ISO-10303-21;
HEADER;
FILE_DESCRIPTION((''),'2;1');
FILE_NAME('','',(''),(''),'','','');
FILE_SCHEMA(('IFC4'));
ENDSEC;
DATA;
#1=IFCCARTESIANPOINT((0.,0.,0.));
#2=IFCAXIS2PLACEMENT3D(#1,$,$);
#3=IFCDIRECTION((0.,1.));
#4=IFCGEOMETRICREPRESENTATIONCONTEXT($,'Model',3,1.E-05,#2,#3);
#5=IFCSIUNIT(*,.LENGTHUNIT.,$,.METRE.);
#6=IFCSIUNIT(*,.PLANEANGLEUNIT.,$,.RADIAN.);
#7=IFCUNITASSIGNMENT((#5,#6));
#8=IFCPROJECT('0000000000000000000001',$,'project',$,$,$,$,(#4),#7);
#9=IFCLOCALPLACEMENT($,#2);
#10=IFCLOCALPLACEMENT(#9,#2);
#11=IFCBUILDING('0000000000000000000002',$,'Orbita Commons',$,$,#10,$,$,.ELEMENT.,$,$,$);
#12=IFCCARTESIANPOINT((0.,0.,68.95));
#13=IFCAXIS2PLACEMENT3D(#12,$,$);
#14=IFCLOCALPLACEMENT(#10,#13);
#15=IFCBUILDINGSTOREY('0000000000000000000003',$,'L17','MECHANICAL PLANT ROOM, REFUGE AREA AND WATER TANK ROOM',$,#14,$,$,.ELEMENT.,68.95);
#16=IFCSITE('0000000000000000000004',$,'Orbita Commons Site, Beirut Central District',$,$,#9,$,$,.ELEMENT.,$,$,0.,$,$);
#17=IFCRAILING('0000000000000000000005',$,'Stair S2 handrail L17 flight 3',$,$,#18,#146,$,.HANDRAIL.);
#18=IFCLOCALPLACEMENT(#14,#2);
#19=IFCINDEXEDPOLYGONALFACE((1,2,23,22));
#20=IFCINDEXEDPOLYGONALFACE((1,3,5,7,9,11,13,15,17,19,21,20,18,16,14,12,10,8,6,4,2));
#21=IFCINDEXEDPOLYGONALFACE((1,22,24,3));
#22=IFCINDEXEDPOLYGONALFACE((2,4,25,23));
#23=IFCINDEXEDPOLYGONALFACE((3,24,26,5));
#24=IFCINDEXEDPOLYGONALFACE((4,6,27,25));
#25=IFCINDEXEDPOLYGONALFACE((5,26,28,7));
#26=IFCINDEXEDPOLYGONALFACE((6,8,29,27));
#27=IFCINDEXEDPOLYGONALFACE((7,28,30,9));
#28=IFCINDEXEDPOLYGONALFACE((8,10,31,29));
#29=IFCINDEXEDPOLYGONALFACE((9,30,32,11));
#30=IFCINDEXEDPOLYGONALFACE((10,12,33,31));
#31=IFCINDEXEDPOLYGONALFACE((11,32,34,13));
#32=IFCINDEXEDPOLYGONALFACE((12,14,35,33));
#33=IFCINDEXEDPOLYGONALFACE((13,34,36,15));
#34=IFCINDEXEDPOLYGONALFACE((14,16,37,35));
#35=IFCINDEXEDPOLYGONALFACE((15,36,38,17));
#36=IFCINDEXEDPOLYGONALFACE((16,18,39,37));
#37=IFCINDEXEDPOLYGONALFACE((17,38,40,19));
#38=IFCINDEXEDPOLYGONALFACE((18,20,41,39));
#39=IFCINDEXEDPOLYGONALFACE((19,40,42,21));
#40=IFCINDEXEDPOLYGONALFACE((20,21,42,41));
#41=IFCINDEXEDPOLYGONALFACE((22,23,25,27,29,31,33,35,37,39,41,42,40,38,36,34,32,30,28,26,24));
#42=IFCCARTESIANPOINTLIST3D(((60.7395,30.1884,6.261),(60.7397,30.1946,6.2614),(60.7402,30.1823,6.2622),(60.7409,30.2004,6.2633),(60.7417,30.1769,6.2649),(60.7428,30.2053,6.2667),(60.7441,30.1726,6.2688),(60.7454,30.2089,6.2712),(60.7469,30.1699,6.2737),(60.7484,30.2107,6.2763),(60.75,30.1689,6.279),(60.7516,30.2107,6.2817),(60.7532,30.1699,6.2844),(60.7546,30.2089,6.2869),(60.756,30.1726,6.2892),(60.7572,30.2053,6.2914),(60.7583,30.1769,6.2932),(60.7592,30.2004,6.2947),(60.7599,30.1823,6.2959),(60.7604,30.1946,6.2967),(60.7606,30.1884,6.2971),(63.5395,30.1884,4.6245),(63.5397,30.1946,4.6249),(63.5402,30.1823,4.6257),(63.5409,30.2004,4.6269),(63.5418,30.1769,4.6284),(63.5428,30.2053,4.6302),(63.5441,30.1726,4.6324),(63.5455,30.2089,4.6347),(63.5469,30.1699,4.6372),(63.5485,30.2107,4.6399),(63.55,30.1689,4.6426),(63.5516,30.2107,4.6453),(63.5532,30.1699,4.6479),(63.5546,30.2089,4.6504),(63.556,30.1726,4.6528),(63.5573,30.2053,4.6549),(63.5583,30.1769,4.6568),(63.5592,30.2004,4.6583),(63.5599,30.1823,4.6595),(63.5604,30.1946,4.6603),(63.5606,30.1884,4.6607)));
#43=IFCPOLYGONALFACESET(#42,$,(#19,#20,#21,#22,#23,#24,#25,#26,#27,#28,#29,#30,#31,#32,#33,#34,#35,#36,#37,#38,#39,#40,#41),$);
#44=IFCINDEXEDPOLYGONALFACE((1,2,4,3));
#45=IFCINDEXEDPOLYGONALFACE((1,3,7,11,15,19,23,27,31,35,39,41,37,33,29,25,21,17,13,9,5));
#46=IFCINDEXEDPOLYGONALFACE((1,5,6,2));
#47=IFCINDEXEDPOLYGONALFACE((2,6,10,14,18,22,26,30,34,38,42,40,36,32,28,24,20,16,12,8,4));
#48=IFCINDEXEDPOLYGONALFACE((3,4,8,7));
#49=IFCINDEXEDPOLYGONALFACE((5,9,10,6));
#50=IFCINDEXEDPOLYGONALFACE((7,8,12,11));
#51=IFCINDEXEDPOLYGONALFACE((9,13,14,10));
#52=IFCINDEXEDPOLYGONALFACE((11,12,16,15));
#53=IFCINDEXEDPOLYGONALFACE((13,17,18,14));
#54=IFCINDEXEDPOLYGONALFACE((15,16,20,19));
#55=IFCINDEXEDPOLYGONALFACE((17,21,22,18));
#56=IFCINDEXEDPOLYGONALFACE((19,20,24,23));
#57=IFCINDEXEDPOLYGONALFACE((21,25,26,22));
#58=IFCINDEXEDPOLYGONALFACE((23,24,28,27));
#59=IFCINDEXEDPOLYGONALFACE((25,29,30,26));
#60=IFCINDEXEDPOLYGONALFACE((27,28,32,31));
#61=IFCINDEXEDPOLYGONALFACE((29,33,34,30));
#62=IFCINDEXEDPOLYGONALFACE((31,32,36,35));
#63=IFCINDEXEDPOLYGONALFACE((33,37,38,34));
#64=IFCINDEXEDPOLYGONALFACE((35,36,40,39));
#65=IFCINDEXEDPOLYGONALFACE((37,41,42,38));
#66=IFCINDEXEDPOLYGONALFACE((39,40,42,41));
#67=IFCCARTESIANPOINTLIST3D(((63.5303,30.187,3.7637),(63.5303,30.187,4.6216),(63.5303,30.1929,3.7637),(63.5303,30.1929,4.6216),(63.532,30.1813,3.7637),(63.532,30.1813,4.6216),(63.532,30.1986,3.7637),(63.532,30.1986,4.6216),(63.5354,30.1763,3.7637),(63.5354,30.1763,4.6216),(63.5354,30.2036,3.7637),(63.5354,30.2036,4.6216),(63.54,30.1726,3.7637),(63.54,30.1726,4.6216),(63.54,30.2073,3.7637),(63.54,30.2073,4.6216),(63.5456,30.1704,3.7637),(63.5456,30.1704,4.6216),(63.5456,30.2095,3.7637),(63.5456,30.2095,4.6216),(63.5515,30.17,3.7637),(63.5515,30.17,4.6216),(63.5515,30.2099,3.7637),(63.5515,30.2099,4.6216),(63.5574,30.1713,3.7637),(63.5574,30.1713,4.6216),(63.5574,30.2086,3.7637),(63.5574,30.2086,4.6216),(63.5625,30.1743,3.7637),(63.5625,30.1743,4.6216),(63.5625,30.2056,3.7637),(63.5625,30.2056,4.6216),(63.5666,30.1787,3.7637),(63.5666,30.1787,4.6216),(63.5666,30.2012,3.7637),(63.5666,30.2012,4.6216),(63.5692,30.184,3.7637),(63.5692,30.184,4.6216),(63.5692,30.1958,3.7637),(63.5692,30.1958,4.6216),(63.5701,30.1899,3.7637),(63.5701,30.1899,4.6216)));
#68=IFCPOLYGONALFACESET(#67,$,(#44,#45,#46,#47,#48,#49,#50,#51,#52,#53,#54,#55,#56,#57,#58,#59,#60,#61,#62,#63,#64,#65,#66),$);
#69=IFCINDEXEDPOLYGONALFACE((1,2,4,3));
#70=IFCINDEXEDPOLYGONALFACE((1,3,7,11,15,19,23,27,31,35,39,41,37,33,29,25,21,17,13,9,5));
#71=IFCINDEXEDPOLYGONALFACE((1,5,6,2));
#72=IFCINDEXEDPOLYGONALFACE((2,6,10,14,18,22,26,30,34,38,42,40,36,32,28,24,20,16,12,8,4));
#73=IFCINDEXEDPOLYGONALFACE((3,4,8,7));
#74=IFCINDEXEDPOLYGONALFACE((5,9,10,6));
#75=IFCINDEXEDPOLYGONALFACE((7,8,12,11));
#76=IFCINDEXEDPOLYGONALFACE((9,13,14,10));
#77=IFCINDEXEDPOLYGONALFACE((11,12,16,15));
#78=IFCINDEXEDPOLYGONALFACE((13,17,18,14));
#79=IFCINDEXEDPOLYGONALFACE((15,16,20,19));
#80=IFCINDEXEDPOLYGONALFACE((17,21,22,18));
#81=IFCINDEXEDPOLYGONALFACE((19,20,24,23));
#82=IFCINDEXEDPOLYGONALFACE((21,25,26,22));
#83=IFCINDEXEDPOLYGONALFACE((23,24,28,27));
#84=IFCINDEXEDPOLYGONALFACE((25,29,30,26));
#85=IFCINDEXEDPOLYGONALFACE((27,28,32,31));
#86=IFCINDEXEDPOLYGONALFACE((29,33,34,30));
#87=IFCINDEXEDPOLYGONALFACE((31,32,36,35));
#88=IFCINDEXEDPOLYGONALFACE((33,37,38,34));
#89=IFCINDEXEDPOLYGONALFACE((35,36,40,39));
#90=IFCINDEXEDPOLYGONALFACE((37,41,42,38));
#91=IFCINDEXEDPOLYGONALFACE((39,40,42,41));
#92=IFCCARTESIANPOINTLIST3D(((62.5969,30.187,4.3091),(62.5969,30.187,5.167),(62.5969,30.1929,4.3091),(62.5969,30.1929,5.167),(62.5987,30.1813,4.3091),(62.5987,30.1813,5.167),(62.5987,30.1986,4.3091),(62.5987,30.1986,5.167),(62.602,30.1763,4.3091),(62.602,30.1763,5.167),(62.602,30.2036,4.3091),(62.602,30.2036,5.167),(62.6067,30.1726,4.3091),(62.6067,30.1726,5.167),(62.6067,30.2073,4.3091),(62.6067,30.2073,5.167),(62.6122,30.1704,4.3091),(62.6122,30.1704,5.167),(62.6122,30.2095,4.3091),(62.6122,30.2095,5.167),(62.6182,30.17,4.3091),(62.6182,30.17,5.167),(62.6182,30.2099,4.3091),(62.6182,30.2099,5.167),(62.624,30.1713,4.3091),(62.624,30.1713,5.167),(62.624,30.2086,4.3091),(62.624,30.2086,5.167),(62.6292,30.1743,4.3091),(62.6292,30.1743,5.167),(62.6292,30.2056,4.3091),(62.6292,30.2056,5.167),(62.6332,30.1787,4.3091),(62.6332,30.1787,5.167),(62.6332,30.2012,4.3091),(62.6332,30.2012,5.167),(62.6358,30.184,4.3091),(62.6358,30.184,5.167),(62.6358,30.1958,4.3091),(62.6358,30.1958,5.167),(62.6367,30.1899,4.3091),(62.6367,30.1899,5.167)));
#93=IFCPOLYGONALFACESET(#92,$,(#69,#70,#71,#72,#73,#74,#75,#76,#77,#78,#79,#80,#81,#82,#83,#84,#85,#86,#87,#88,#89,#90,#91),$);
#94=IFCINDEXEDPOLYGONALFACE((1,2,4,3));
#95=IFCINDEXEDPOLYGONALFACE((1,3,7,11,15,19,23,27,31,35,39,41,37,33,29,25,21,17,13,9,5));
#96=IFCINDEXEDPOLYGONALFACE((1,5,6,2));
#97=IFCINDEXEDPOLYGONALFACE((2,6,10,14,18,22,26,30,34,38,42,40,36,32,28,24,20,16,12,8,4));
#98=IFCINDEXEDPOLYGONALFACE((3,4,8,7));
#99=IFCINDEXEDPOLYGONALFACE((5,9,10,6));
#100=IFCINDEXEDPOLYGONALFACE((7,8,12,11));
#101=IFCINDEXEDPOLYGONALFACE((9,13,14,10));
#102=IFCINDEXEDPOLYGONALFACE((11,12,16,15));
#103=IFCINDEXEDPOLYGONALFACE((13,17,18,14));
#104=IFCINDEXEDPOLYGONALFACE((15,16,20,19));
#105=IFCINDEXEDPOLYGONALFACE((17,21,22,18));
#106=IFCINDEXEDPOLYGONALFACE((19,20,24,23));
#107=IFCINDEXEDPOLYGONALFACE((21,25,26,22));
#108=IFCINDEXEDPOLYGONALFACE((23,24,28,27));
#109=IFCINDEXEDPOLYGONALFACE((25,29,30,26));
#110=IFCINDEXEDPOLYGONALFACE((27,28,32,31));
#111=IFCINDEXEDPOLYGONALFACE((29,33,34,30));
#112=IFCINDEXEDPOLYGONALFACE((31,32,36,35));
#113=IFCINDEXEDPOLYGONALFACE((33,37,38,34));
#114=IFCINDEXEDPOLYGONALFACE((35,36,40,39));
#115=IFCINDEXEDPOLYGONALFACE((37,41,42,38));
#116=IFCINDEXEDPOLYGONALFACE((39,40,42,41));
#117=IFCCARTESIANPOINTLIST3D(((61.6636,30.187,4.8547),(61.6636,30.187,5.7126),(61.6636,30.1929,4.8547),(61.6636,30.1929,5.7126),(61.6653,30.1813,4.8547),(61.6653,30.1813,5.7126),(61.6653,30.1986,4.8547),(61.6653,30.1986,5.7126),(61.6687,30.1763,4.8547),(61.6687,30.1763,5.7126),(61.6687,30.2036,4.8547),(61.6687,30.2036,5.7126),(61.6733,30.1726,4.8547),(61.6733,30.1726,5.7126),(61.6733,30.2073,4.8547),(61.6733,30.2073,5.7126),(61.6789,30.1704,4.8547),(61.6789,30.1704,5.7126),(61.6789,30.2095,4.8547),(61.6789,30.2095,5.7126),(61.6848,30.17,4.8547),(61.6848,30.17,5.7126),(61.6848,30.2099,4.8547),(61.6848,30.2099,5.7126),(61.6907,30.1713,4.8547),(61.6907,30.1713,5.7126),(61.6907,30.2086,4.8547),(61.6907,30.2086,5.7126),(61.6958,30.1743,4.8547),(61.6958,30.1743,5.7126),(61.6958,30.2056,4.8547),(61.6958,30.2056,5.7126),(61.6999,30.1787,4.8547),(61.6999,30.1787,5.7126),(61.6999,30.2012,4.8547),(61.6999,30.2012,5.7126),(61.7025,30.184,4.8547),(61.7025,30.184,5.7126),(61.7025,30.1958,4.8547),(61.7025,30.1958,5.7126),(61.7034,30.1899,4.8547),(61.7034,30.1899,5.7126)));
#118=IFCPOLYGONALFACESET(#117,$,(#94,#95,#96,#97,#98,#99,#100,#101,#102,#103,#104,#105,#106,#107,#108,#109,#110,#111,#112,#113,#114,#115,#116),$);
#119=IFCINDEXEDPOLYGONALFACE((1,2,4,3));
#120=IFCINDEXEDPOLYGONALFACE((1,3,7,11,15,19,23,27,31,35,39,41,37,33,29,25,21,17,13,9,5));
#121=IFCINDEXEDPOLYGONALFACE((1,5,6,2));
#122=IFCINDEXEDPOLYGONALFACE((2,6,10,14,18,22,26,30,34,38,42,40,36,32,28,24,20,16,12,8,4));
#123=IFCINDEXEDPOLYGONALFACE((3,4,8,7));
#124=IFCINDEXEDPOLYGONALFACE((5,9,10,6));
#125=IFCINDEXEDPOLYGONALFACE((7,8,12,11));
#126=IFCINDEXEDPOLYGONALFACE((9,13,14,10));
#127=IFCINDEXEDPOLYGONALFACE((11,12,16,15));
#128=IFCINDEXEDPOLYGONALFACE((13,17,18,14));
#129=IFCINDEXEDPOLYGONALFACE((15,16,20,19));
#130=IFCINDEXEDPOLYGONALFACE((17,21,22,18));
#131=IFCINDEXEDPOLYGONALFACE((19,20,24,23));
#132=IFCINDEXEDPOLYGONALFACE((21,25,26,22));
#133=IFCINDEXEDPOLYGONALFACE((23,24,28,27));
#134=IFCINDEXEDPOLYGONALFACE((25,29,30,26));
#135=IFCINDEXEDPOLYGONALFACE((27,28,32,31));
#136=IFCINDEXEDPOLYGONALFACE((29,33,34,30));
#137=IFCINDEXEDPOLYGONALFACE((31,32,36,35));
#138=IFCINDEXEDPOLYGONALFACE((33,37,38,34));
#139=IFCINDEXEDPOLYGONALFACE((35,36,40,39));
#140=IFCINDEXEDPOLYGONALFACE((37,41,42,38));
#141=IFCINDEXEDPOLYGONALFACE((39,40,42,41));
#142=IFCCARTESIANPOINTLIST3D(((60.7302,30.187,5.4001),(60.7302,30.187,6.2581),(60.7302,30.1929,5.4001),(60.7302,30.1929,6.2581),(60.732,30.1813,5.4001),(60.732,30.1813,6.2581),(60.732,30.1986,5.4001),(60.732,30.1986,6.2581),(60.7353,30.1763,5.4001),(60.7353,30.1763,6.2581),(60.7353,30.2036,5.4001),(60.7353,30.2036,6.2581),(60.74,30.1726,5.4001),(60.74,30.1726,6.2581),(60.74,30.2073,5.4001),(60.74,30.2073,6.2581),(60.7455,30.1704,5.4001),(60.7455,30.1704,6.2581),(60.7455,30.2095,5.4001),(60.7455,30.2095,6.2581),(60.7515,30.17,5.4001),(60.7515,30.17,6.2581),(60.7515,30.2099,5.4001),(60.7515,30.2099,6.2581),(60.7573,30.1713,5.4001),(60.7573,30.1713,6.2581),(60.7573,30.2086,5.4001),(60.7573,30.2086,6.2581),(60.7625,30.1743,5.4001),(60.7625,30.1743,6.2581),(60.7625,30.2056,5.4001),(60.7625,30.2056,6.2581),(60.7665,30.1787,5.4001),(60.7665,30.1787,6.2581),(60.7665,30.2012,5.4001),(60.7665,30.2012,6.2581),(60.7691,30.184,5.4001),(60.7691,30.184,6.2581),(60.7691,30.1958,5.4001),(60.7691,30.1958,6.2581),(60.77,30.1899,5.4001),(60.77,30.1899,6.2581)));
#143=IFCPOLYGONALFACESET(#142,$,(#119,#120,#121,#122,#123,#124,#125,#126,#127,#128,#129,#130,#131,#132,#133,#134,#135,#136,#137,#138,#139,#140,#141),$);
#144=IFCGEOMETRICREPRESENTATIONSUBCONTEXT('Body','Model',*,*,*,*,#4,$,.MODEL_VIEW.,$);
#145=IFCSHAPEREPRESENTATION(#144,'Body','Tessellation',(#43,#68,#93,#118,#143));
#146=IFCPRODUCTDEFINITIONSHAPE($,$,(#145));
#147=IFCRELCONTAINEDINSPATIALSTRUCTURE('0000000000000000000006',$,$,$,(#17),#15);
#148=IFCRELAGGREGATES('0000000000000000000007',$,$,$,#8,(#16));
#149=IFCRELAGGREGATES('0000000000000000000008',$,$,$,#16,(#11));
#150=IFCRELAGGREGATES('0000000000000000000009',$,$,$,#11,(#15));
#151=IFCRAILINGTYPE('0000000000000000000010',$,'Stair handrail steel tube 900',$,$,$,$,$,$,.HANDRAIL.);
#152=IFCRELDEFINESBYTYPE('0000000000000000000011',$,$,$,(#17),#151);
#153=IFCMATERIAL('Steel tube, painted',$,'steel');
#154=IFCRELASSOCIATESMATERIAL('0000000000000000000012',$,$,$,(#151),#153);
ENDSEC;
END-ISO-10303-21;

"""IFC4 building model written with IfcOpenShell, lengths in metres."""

from ifc_helpers import new_model, si_unit, direction, frame, origin, origin_2d, place, context, subcontext, project, spatial, circle, extrude, material, type_object, element, save


model = new_model("IFC4")

# Units and contexts
model_context = context("Model", 3, precision=1e-05, world=origin(), true_north=direction((0.0, 1.0)))
body_context = subcontext(model_context, "Body", "Model", "MODEL_VIEW")
ifc_project = project(units=[si_unit("LENGTHUNIT", "METRE"), si_unit("PLANEANGLEUNIT", "RADIAN")], contexts=[model_context])

# Site, building, storey
site_placement = place(None, origin())
site = spatial("IfcSite", under=ifc_project, at=site_placement, Name="Orbita Commons Site, Beirut Central District", CompositionType="ELEMENT", RefElevation=0.0)
building_placement = place(site_placement, origin())
building = spatial("IfcBuilding", under=site, at=building_placement, Name="Orbita Commons", CompositionType="ELEMENT")
storey_placement = place(building_placement, frame((0.0, 0.0, 68.95)))
storey = spatial("IfcBuildingStorey", under=building, at=storey_placement, Name="L17", Description="MECHANICAL PLANT ROOM, REFUGE AREA AND WATER TANK ROOM", CompositionType="ELEMENT", Elevation=68.95)

# Railing
ifc_material_1 = material(Name="Steel tube, painted", Category="steel")
railing_type = type_object("IfcRailingType", Name="Stair handrail steel tube 900", PredefinedType="HANDRAIL", material=ifc_material_1)
for number, where, name in (
    (1, (63.55, 30.1899, 3.7637), "Stair S2 handrail L17 flight 3"),
):
    element("IfcRailing", number, at=place(storey_placement, frame(where)), inside=storey, type_object=railing_type, Name=name, PredefinedType="HANDRAIL", context=body_context, shape_type="SweptSolid", body=[
        extrude(circle(Radius=0.021, at=origin_2d()), frame((0.0, 0.0, 0.8789), z_axis=(-0.863361, 0.0, 0.504587), x_axis=(0.0, -1.0, 0.0)), (0.0, 0.0, 1.0), 3.2432),
        extrude(circle(Radius=0.02, at=origin_2d()), origin(), (0.0, 0.0, 1.0), 0.8579),
        extrude(circle(Radius=0.02, at=origin_2d()), frame((-0.9333, 0.0, 0.5454)), (0.0, 0.0, 1.0), 0.8579),
        extrude(circle(Radius=0.02, at=origin_2d()), frame((-1.8667, 0.0, 1.0911)), (0.0, 0.0, 1.0), 0.8579),
        extrude(circle(Radius=0.02, at=origin_2d()), frame((-2.8, 0.0, 1.6365)), (0.0, 0.0, 1.0), 0.8579),
    ])

save(model, "model.ifc")
